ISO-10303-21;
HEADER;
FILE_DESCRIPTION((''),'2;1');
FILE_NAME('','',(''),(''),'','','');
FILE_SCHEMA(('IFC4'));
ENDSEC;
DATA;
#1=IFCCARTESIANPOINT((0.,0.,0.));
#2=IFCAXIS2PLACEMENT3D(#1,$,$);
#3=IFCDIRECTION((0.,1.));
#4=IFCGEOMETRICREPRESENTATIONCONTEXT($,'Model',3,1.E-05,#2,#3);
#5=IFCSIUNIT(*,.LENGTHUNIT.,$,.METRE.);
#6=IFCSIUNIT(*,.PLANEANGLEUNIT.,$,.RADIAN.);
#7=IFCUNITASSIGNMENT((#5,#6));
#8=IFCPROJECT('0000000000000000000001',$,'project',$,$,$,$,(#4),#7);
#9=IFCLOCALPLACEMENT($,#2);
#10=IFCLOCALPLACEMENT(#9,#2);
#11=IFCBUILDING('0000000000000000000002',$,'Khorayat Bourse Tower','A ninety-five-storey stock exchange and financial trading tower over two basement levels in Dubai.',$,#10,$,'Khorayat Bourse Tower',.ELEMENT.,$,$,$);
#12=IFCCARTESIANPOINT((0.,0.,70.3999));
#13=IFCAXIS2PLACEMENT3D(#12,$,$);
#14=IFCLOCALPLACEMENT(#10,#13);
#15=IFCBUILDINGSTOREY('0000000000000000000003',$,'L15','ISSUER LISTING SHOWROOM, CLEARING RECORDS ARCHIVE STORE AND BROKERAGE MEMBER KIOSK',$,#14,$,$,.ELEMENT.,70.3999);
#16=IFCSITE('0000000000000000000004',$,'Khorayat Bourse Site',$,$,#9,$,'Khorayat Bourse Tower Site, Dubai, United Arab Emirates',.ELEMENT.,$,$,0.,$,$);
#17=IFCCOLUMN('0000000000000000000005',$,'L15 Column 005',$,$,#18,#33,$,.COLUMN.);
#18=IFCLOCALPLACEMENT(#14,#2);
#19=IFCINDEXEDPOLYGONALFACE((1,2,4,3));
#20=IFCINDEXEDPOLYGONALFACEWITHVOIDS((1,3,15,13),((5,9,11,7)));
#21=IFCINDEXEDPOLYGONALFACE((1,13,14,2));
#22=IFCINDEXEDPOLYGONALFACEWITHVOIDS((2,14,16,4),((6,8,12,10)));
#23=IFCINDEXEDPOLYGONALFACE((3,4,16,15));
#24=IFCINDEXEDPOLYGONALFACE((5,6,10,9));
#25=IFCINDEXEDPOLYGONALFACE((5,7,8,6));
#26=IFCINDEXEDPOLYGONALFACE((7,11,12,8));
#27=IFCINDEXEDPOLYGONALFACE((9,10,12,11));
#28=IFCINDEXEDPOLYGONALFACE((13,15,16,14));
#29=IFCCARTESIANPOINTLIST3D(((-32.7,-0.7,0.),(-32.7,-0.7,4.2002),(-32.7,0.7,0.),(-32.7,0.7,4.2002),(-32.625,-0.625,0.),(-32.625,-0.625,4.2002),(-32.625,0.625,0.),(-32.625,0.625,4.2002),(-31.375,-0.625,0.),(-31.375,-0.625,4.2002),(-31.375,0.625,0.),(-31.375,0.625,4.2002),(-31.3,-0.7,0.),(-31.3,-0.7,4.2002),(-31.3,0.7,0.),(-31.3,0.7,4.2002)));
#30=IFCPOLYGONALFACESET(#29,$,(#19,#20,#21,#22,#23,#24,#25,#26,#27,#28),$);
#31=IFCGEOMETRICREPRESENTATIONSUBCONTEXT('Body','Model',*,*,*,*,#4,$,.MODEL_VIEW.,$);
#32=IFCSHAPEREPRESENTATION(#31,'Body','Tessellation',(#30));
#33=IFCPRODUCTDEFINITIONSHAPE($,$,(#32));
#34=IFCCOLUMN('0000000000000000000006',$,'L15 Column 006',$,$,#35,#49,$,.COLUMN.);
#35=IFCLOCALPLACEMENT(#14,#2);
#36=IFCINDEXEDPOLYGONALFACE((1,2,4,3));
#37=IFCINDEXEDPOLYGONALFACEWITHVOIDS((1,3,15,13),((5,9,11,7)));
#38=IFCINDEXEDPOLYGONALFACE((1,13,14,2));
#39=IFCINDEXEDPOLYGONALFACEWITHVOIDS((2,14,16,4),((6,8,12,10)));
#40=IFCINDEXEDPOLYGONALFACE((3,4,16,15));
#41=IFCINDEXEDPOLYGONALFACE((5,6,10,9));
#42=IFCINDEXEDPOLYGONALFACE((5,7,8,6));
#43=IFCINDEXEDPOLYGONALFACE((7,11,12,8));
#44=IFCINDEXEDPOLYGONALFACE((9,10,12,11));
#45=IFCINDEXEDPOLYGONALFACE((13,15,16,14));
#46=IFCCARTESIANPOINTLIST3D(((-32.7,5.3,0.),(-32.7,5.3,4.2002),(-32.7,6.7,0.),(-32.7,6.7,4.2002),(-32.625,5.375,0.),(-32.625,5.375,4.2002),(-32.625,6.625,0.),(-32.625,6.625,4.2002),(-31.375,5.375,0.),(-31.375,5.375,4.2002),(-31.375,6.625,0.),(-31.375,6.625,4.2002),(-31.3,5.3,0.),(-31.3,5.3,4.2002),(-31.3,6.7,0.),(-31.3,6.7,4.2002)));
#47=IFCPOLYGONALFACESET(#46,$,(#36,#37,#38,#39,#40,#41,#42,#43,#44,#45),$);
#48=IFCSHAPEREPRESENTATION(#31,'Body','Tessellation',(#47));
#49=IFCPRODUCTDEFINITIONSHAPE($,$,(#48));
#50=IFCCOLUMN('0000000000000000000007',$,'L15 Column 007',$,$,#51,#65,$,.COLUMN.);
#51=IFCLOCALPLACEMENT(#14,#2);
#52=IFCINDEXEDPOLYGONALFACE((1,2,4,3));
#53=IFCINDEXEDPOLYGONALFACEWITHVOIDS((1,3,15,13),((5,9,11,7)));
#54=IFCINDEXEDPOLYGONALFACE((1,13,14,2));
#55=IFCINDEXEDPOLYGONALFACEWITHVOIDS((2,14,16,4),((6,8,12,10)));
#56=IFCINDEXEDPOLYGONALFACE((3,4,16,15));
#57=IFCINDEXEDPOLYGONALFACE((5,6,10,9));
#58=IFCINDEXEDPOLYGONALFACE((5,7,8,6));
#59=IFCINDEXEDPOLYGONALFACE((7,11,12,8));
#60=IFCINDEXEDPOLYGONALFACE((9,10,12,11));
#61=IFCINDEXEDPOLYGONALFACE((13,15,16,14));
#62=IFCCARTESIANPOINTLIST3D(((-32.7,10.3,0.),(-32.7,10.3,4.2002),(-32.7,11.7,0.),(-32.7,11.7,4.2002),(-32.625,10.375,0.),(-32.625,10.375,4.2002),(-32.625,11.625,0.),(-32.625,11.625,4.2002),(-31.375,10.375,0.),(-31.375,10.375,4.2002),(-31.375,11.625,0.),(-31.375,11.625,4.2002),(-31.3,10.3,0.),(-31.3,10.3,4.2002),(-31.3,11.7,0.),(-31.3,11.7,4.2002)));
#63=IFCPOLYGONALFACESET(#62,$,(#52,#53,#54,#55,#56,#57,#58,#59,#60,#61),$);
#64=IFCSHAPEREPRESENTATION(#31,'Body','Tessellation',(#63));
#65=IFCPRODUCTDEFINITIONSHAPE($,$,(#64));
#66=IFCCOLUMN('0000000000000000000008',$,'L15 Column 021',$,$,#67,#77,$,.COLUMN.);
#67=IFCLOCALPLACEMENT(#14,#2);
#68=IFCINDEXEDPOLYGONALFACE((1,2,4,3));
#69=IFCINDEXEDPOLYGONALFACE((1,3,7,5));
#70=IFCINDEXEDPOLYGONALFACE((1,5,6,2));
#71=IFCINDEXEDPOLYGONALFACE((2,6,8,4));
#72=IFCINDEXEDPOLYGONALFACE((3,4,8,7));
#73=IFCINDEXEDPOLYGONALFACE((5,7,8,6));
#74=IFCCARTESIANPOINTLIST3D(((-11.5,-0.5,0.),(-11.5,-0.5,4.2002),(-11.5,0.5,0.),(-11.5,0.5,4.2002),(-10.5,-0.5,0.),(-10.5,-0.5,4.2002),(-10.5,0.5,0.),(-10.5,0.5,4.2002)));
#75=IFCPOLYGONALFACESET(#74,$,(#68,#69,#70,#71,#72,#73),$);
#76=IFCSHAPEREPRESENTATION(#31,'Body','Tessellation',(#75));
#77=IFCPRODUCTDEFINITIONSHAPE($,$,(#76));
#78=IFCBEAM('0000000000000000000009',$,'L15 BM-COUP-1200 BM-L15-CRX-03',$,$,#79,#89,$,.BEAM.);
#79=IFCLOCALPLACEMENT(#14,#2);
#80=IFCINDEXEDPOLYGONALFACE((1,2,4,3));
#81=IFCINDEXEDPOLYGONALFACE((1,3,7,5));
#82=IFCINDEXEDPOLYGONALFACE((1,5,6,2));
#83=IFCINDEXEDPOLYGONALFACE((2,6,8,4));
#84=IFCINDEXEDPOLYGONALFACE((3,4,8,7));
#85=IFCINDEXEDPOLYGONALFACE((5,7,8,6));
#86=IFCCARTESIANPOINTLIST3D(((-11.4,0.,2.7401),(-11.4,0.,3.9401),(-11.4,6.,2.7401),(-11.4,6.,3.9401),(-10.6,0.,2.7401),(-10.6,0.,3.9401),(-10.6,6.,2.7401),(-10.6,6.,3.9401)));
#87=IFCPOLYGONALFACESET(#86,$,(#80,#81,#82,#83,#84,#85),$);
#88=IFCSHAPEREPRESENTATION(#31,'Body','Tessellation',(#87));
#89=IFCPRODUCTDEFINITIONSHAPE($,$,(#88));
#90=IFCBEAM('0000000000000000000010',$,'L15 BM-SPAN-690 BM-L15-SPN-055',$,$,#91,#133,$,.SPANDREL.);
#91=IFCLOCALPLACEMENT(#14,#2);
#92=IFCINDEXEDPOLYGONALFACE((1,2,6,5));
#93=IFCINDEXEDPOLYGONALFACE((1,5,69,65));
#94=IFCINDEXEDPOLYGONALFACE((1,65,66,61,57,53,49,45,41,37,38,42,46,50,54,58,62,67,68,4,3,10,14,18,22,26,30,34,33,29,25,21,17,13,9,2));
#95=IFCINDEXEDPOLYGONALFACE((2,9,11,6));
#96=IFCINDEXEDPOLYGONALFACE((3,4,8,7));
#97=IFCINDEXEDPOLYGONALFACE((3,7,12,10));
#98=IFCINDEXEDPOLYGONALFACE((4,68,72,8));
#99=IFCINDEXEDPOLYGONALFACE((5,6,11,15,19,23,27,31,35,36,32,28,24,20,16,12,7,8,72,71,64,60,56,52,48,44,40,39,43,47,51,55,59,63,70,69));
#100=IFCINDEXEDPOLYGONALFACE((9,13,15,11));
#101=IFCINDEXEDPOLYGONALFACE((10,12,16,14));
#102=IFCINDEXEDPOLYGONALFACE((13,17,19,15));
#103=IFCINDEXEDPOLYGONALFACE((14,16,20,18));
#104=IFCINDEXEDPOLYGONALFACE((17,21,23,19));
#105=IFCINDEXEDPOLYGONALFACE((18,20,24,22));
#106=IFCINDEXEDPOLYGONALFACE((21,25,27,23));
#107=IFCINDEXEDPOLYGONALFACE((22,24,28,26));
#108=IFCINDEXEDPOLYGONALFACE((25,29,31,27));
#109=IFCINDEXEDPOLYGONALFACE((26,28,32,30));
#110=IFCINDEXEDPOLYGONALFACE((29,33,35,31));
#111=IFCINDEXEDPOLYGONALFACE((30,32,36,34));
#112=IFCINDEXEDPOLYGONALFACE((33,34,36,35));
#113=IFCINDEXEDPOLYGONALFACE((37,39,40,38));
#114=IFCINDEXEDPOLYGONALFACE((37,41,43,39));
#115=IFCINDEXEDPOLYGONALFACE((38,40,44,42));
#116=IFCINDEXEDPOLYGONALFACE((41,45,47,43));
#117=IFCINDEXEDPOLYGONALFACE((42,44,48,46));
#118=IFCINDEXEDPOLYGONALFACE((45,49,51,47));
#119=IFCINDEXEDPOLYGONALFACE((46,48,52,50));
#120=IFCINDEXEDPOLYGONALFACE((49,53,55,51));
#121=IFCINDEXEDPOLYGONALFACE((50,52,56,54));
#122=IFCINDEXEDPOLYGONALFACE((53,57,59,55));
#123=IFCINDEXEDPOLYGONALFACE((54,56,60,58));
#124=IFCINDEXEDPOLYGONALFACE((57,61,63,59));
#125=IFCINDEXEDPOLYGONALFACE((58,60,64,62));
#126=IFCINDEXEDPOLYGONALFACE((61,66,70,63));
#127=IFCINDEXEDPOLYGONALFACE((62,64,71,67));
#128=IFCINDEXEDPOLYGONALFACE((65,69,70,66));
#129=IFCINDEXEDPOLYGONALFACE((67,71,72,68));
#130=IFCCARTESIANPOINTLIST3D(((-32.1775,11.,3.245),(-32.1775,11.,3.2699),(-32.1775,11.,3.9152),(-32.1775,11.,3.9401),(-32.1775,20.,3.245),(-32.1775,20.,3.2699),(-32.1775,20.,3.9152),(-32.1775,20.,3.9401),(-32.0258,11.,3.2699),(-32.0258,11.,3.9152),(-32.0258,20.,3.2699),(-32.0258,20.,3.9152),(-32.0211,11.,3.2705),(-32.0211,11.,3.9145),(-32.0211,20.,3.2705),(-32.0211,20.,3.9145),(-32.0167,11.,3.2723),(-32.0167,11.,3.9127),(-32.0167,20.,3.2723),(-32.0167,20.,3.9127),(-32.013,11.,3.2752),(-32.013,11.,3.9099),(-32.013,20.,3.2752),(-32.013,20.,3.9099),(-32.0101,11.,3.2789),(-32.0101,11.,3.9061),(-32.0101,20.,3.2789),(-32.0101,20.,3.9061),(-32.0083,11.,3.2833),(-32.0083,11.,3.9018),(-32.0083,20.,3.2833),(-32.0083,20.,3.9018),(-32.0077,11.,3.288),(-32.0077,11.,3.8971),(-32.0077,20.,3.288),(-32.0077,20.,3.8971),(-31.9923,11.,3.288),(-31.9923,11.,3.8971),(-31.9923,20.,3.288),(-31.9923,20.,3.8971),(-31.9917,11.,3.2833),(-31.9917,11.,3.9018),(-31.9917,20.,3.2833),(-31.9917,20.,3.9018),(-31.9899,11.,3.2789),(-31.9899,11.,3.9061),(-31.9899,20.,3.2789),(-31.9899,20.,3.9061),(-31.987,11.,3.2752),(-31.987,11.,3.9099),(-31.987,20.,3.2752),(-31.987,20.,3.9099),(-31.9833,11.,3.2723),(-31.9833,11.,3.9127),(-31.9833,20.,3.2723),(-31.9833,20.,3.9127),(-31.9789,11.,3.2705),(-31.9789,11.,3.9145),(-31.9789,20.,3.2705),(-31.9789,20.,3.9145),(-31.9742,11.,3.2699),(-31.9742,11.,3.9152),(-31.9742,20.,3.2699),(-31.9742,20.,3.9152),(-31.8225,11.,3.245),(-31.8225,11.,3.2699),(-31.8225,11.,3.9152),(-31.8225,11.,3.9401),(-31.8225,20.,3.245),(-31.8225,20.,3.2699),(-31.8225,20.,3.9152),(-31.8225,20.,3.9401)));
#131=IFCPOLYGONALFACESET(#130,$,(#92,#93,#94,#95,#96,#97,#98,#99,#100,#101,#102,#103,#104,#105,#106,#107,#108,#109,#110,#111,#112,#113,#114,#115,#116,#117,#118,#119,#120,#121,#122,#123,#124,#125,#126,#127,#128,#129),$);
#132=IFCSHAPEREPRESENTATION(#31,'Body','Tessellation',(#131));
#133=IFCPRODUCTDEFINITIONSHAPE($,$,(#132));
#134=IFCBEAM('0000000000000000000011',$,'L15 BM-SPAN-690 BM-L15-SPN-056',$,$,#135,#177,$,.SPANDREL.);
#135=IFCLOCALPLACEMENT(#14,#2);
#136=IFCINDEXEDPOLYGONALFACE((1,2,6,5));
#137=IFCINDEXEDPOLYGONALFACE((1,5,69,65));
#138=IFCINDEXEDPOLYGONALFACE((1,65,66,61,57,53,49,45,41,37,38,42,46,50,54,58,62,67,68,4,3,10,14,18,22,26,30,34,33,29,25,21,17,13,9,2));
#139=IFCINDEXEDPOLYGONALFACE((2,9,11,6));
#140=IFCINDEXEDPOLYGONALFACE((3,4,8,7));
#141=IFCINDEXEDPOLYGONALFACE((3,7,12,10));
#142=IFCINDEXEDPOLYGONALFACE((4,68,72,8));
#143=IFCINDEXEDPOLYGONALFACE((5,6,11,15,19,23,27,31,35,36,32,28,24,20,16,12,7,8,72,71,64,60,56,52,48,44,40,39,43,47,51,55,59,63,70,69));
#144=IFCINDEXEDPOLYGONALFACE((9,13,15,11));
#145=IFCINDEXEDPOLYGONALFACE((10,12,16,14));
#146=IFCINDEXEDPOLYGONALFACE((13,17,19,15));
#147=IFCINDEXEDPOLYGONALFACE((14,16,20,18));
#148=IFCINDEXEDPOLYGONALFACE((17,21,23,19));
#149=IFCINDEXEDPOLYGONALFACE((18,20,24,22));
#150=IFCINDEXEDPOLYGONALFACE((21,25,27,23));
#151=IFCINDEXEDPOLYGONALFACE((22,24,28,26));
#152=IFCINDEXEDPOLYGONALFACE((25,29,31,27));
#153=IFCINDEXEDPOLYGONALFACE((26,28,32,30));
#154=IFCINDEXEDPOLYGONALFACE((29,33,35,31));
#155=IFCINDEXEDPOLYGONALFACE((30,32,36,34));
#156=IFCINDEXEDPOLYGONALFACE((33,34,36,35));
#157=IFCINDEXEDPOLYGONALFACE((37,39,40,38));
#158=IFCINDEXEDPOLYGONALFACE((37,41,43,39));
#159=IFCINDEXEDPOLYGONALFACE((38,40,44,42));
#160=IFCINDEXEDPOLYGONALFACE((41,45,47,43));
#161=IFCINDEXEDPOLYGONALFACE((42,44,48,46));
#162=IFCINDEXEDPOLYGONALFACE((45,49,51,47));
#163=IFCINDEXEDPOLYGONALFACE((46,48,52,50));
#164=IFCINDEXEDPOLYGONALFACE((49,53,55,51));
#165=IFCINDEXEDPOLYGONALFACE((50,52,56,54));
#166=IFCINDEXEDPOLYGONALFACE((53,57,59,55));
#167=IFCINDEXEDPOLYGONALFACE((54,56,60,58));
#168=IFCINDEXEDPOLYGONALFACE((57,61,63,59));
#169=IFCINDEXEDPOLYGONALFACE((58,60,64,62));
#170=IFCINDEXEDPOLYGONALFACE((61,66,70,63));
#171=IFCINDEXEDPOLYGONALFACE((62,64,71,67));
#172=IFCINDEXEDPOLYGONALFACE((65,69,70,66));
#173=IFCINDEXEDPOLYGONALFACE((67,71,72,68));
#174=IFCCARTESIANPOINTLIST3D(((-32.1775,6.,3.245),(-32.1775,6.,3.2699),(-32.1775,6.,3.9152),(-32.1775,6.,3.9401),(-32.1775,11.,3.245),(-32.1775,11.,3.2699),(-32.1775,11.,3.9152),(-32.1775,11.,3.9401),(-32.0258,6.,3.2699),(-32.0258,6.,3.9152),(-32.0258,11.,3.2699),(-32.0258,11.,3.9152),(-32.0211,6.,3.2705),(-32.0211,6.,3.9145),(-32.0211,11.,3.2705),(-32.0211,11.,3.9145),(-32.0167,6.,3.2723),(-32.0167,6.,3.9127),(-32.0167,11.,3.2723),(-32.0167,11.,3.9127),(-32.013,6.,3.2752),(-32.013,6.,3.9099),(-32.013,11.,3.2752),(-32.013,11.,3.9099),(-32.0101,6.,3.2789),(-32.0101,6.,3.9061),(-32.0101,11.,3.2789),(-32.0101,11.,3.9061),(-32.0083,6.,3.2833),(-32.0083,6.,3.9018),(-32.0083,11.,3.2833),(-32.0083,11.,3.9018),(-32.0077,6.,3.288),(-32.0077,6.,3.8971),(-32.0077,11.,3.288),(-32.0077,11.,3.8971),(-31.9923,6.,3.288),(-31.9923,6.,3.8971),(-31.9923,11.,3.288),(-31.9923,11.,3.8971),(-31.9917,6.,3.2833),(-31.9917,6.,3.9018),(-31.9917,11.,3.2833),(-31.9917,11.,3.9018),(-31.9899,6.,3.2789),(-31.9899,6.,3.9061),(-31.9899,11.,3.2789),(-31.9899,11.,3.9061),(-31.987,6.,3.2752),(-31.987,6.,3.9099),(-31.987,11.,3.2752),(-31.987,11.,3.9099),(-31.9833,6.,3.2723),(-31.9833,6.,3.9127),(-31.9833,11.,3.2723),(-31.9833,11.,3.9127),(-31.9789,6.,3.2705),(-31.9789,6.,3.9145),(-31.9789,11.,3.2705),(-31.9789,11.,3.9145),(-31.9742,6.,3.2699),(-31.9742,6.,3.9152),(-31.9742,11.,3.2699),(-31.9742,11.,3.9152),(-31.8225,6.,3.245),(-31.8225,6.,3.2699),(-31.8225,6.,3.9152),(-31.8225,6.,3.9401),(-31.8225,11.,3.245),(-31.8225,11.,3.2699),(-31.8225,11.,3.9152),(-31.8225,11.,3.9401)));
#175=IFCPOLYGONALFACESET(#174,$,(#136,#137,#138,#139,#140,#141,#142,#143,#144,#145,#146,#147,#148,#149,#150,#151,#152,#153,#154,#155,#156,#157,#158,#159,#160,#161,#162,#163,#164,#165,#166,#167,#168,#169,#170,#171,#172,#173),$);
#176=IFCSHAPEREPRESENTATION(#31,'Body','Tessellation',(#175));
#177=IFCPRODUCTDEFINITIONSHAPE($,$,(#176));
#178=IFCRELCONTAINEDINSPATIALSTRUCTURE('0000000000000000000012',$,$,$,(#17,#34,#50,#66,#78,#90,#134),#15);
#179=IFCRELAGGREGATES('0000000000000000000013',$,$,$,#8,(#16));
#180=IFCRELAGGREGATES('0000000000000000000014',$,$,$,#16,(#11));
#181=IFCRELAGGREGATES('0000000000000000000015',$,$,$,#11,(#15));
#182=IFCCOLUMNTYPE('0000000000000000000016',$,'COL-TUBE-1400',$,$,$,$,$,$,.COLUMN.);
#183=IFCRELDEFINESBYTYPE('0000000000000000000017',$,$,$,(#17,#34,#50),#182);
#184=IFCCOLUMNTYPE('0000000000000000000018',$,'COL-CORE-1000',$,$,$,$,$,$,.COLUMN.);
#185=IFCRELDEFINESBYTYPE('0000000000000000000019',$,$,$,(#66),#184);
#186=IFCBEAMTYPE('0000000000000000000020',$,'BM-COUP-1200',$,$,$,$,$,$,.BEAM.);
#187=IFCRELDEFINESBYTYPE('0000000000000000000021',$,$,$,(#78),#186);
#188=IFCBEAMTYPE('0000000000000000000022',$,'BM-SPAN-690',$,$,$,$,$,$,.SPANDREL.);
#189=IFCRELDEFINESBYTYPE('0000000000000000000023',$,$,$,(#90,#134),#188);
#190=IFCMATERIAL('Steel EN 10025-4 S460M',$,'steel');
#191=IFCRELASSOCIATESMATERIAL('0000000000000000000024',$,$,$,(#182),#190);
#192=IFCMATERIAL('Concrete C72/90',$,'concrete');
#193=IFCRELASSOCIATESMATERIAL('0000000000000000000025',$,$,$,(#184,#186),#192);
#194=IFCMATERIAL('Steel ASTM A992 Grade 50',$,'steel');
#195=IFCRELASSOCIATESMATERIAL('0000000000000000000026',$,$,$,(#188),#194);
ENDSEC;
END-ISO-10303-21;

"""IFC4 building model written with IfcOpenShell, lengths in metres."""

from ifc_helpers import new_model, si_unit, direction, frame, origin, origin_2d, place, context, subcontext, project, spatial, rectangle, hollow_rectangle, i_section, extrude, source, transform, mapped, material, material_profile, profile_set, type_object, element, save


model = new_model("IFC4")

# Units and contexts
model_context = context("Model", 3, precision=1e-05, world=origin(), true_north=direction((0.0, 1.0)))
body_context = subcontext(model_context, "Body", "Model", "MODEL_VIEW")
ifc_project = project(units=[si_unit("LENGTHUNIT", "METRE"), si_unit("PLANEANGLEUNIT", "RADIAN")], contexts=[model_context])

# Site, building, storey
site_placement = place(None, origin())
site = spatial("IfcSite", under=ifc_project, at=site_placement, Name="Khorayat Bourse Site", LongName="Khorayat Bourse Tower Site, Dubai, United Arab Emirates", CompositionType="ELEMENT", RefElevation=0.0)
building_placement = place(site_placement, origin())
building = spatial("IfcBuilding", under=site, at=building_placement, Name="Khorayat Bourse Tower", Description="A ninety-five-storey stock exchange and financial trading tower over two basement levels in Dubai.", LongName="Khorayat Bourse Tower", CompositionType="ELEMENT")
storey_placement = place(building_placement, frame((0.0, 0.0, 70.3999)))
storey = spatial("IfcBuildingStorey", under=building, at=storey_placement, Name="L15", Description="ISSUER LISTING SHOWROOM, CLEARING RECORDS ARCHIVE STORE AND BROKERAGE MEMBER KIOSK", CompositionType="ELEMENT", Elevation=70.3999)

# Columns
ifc_material_1 = material(Name="Steel EN 10025-4 S460M", Category="steel")
ifc_material_profile_1 = material_profile(ifc_material_1, hollow_rectangle(XDim=1.3999, YDim=1.3999, WallThickness=0.075, at=origin_2d()), Name="BOX 1400x1400x75")
ifc_profile_set_1 = profile_set([ifc_material_profile_1], Name="Steel EN 10025-4 S460M")
column_type_1 = type_object("IfcColumnType", Name="COL-TUBE-1400", PredefinedType="COLUMN", material=ifc_profile_set_1)
shared_shape_1 = source(origin(), body_context, "Body", "SweptSolid", [
    extrude(hollow_rectangle(XDim=1.3999, YDim=1.3999, WallThickness=0.075, at=origin_2d()), origin(), (0.0, 0.0, 1.0), 4.2002),
])
for number, where, z_axis, x_axis, name in (
    (1, (-32.0, 0.0, 0.0), (0.0, 0.0, 1.0), (1.0, 0.0, 0.0), "L15 Column 005"),
    (2, (-32.0, 6.0, 0.0), (0.0, 0.0, 1.0), (1.0, 0.0, 0.0), "L15 Column 006"),
    (3, (-32.0, 11.0, 0.0), (0.0, 0.0, 1.0), (1.0, 0.0, 0.0), "L15 Column 007"),
):
    element("IfcColumn", number, at=place(storey_placement, frame(where, z_axis=z_axis, x_axis=x_axis)), inside=storey, type_object=column_type_1, Name=name, PredefinedType="COLUMN", context=body_context, shape_type="MappedRepresentation", body=[
        mapped(shared_shape_1, transform((0.0, 0.0, 0.0), scale=1.0)),
    ])
ifc_material_2 = material(Name="Concrete C72/90", Category="concrete")
ifc_material_profile_2 = material_profile(ifc_material_2, rectangle(XDim=1.0, YDim=1.0, at=origin_2d()), Name="RC 1000x1000")
ifc_profile_set_2 = profile_set([ifc_material_profile_2], Name="Concrete C72/90")
column_type_2 = type_object("IfcColumnType", Name="COL-CORE-1000", PredefinedType="COLUMN", material=ifc_profile_set_2)
shared_shape_2 = source(origin(), body_context, "Body", "SweptSolid", [
    extrude(rectangle(XDim=1.0, YDim=1.0, at=origin_2d()), origin(), (0.0, 0.0, 1.0), 4.2002),
])
column_placement = place(storey_placement, frame((-11.0, 0.0, 0.0), z_axis=(0.0, 0.0, 1.0), x_axis=(1.0, 0.0, 0.0)))
element("IfcColumn", 4, at=column_placement, inside=storey, type_object=column_type_2, Name="L15 Column 021", PredefinedType="COLUMN", context=body_context, shape_type="MappedRepresentation", body=[
    mapped(shared_shape_2, transform((0.0, 0.0, 0.0), scale=1.0)),
])

# Beams
ifc_material_profile_3 = material_profile(ifc_material_2, rectangle(XDim=0.8, YDim=1.2, at=origin_2d()), Name="RC 800x1200")
ifc_profile_set_3 = profile_set([ifc_material_profile_3], Name="Concrete C72/90")
beam_type_1 = type_object("IfcBeamType", Name="BM-COUP-1200", PredefinedType="BEAM", material=ifc_profile_set_3)
shared_shape_3 = source(origin(), body_context, "Body", "SweptSolid", [
    extrude(rectangle(XDim=0.8, YDim=1.2, at=origin_2d()), origin(), (0.0, 0.0, 1.0), 6.0),
])
beam_1_placement = place(storey_placement, frame((-11.0, 0.0, 3.3401), z_axis=(0.0, 1.0, 0.0), x_axis=(-1.0, 0.0, 0.0)))
element("IfcBeam", 5, at=beam_1_placement, inside=storey, type_object=beam_type_1, Name="L15 BM-COUP-1200 BM-L15-CRX-03", PredefinedType="BEAM", context=body_context, shape_type="MappedRepresentation", body=[
    mapped(shared_shape_3, transform((0.0, 0.0, 0.0), scale=1.0)),
])
ifc_material_3 = material(Name="Steel ASTM A992 Grade 50", Category="steel")
ifc_material_profile_4 = material_profile(ifc_material_3, i_section(OverallWidth=0.355, OverallDepth=0.6951, WebThickness=0.0154, FlangeThickness=0.0249, FilletRadius=0.0181, at=origin_2d()), Name="W690X217")
ifc_profile_set_4 = profile_set([ifc_material_profile_4], Name="Steel ASTM A992 Grade 50")
beam_type_2 = type_object("IfcBeamType", Name="BM-SPAN-690", PredefinedType="SPANDREL", material=ifc_profile_set_4)
shared_shape_4 = source(origin(), body_context, "Body", "SweptSolid", [
    extrude(i_section(OverallWidth=0.355, OverallDepth=0.6951, WebThickness=0.0154, FlangeThickness=0.0249, FilletRadius=0.0181, at=origin_2d()), origin(), (0.0, 0.0, 1.0), 9.0),
])
beam_2_placement = place(storey_placement, frame((-32.0, 11.0, 3.5925), z_axis=(0.0, 1.0, 0.0), x_axis=(-1.0, 0.0, 0.0)))
element("IfcBeam", 6, at=beam_2_placement, inside=storey, type_object=beam_type_2, Name="L15 BM-SPAN-690 BM-L15-SPN-055", PredefinedType="SPANDREL", context=body_context, shape_type="MappedRepresentation", body=[
    mapped(shared_shape_4, transform((0.0, 0.0, 0.0), scale=1.0)),
])
shared_shape_5 = source(origin(), body_context, "Body", "SweptSolid", [
    extrude(i_section(OverallWidth=0.355, OverallDepth=0.6951, WebThickness=0.0154, FlangeThickness=0.0249, FilletRadius=0.0181, at=origin_2d()), origin(), (0.0, 0.0, 1.0), 5.0),
])
beam_3_placement = place(storey_placement, frame((-32.0, 6.0, 3.5925), z_axis=(0.0, 1.0, 0.0), x_axis=(-1.0, 0.0, 0.0)))
element("IfcBeam", 7, at=beam_3_placement, inside=storey, type_object=beam_type_2, Name="L15 BM-SPAN-690 BM-L15-SPN-056", PredefinedType="SPANDREL", context=body_context, shape_type="MappedRepresentation", body=[
    mapped(shared_shape_5, transform((0.0, 0.0, 0.0), scale=1.0)),
])

save(model, "model.ifc")
